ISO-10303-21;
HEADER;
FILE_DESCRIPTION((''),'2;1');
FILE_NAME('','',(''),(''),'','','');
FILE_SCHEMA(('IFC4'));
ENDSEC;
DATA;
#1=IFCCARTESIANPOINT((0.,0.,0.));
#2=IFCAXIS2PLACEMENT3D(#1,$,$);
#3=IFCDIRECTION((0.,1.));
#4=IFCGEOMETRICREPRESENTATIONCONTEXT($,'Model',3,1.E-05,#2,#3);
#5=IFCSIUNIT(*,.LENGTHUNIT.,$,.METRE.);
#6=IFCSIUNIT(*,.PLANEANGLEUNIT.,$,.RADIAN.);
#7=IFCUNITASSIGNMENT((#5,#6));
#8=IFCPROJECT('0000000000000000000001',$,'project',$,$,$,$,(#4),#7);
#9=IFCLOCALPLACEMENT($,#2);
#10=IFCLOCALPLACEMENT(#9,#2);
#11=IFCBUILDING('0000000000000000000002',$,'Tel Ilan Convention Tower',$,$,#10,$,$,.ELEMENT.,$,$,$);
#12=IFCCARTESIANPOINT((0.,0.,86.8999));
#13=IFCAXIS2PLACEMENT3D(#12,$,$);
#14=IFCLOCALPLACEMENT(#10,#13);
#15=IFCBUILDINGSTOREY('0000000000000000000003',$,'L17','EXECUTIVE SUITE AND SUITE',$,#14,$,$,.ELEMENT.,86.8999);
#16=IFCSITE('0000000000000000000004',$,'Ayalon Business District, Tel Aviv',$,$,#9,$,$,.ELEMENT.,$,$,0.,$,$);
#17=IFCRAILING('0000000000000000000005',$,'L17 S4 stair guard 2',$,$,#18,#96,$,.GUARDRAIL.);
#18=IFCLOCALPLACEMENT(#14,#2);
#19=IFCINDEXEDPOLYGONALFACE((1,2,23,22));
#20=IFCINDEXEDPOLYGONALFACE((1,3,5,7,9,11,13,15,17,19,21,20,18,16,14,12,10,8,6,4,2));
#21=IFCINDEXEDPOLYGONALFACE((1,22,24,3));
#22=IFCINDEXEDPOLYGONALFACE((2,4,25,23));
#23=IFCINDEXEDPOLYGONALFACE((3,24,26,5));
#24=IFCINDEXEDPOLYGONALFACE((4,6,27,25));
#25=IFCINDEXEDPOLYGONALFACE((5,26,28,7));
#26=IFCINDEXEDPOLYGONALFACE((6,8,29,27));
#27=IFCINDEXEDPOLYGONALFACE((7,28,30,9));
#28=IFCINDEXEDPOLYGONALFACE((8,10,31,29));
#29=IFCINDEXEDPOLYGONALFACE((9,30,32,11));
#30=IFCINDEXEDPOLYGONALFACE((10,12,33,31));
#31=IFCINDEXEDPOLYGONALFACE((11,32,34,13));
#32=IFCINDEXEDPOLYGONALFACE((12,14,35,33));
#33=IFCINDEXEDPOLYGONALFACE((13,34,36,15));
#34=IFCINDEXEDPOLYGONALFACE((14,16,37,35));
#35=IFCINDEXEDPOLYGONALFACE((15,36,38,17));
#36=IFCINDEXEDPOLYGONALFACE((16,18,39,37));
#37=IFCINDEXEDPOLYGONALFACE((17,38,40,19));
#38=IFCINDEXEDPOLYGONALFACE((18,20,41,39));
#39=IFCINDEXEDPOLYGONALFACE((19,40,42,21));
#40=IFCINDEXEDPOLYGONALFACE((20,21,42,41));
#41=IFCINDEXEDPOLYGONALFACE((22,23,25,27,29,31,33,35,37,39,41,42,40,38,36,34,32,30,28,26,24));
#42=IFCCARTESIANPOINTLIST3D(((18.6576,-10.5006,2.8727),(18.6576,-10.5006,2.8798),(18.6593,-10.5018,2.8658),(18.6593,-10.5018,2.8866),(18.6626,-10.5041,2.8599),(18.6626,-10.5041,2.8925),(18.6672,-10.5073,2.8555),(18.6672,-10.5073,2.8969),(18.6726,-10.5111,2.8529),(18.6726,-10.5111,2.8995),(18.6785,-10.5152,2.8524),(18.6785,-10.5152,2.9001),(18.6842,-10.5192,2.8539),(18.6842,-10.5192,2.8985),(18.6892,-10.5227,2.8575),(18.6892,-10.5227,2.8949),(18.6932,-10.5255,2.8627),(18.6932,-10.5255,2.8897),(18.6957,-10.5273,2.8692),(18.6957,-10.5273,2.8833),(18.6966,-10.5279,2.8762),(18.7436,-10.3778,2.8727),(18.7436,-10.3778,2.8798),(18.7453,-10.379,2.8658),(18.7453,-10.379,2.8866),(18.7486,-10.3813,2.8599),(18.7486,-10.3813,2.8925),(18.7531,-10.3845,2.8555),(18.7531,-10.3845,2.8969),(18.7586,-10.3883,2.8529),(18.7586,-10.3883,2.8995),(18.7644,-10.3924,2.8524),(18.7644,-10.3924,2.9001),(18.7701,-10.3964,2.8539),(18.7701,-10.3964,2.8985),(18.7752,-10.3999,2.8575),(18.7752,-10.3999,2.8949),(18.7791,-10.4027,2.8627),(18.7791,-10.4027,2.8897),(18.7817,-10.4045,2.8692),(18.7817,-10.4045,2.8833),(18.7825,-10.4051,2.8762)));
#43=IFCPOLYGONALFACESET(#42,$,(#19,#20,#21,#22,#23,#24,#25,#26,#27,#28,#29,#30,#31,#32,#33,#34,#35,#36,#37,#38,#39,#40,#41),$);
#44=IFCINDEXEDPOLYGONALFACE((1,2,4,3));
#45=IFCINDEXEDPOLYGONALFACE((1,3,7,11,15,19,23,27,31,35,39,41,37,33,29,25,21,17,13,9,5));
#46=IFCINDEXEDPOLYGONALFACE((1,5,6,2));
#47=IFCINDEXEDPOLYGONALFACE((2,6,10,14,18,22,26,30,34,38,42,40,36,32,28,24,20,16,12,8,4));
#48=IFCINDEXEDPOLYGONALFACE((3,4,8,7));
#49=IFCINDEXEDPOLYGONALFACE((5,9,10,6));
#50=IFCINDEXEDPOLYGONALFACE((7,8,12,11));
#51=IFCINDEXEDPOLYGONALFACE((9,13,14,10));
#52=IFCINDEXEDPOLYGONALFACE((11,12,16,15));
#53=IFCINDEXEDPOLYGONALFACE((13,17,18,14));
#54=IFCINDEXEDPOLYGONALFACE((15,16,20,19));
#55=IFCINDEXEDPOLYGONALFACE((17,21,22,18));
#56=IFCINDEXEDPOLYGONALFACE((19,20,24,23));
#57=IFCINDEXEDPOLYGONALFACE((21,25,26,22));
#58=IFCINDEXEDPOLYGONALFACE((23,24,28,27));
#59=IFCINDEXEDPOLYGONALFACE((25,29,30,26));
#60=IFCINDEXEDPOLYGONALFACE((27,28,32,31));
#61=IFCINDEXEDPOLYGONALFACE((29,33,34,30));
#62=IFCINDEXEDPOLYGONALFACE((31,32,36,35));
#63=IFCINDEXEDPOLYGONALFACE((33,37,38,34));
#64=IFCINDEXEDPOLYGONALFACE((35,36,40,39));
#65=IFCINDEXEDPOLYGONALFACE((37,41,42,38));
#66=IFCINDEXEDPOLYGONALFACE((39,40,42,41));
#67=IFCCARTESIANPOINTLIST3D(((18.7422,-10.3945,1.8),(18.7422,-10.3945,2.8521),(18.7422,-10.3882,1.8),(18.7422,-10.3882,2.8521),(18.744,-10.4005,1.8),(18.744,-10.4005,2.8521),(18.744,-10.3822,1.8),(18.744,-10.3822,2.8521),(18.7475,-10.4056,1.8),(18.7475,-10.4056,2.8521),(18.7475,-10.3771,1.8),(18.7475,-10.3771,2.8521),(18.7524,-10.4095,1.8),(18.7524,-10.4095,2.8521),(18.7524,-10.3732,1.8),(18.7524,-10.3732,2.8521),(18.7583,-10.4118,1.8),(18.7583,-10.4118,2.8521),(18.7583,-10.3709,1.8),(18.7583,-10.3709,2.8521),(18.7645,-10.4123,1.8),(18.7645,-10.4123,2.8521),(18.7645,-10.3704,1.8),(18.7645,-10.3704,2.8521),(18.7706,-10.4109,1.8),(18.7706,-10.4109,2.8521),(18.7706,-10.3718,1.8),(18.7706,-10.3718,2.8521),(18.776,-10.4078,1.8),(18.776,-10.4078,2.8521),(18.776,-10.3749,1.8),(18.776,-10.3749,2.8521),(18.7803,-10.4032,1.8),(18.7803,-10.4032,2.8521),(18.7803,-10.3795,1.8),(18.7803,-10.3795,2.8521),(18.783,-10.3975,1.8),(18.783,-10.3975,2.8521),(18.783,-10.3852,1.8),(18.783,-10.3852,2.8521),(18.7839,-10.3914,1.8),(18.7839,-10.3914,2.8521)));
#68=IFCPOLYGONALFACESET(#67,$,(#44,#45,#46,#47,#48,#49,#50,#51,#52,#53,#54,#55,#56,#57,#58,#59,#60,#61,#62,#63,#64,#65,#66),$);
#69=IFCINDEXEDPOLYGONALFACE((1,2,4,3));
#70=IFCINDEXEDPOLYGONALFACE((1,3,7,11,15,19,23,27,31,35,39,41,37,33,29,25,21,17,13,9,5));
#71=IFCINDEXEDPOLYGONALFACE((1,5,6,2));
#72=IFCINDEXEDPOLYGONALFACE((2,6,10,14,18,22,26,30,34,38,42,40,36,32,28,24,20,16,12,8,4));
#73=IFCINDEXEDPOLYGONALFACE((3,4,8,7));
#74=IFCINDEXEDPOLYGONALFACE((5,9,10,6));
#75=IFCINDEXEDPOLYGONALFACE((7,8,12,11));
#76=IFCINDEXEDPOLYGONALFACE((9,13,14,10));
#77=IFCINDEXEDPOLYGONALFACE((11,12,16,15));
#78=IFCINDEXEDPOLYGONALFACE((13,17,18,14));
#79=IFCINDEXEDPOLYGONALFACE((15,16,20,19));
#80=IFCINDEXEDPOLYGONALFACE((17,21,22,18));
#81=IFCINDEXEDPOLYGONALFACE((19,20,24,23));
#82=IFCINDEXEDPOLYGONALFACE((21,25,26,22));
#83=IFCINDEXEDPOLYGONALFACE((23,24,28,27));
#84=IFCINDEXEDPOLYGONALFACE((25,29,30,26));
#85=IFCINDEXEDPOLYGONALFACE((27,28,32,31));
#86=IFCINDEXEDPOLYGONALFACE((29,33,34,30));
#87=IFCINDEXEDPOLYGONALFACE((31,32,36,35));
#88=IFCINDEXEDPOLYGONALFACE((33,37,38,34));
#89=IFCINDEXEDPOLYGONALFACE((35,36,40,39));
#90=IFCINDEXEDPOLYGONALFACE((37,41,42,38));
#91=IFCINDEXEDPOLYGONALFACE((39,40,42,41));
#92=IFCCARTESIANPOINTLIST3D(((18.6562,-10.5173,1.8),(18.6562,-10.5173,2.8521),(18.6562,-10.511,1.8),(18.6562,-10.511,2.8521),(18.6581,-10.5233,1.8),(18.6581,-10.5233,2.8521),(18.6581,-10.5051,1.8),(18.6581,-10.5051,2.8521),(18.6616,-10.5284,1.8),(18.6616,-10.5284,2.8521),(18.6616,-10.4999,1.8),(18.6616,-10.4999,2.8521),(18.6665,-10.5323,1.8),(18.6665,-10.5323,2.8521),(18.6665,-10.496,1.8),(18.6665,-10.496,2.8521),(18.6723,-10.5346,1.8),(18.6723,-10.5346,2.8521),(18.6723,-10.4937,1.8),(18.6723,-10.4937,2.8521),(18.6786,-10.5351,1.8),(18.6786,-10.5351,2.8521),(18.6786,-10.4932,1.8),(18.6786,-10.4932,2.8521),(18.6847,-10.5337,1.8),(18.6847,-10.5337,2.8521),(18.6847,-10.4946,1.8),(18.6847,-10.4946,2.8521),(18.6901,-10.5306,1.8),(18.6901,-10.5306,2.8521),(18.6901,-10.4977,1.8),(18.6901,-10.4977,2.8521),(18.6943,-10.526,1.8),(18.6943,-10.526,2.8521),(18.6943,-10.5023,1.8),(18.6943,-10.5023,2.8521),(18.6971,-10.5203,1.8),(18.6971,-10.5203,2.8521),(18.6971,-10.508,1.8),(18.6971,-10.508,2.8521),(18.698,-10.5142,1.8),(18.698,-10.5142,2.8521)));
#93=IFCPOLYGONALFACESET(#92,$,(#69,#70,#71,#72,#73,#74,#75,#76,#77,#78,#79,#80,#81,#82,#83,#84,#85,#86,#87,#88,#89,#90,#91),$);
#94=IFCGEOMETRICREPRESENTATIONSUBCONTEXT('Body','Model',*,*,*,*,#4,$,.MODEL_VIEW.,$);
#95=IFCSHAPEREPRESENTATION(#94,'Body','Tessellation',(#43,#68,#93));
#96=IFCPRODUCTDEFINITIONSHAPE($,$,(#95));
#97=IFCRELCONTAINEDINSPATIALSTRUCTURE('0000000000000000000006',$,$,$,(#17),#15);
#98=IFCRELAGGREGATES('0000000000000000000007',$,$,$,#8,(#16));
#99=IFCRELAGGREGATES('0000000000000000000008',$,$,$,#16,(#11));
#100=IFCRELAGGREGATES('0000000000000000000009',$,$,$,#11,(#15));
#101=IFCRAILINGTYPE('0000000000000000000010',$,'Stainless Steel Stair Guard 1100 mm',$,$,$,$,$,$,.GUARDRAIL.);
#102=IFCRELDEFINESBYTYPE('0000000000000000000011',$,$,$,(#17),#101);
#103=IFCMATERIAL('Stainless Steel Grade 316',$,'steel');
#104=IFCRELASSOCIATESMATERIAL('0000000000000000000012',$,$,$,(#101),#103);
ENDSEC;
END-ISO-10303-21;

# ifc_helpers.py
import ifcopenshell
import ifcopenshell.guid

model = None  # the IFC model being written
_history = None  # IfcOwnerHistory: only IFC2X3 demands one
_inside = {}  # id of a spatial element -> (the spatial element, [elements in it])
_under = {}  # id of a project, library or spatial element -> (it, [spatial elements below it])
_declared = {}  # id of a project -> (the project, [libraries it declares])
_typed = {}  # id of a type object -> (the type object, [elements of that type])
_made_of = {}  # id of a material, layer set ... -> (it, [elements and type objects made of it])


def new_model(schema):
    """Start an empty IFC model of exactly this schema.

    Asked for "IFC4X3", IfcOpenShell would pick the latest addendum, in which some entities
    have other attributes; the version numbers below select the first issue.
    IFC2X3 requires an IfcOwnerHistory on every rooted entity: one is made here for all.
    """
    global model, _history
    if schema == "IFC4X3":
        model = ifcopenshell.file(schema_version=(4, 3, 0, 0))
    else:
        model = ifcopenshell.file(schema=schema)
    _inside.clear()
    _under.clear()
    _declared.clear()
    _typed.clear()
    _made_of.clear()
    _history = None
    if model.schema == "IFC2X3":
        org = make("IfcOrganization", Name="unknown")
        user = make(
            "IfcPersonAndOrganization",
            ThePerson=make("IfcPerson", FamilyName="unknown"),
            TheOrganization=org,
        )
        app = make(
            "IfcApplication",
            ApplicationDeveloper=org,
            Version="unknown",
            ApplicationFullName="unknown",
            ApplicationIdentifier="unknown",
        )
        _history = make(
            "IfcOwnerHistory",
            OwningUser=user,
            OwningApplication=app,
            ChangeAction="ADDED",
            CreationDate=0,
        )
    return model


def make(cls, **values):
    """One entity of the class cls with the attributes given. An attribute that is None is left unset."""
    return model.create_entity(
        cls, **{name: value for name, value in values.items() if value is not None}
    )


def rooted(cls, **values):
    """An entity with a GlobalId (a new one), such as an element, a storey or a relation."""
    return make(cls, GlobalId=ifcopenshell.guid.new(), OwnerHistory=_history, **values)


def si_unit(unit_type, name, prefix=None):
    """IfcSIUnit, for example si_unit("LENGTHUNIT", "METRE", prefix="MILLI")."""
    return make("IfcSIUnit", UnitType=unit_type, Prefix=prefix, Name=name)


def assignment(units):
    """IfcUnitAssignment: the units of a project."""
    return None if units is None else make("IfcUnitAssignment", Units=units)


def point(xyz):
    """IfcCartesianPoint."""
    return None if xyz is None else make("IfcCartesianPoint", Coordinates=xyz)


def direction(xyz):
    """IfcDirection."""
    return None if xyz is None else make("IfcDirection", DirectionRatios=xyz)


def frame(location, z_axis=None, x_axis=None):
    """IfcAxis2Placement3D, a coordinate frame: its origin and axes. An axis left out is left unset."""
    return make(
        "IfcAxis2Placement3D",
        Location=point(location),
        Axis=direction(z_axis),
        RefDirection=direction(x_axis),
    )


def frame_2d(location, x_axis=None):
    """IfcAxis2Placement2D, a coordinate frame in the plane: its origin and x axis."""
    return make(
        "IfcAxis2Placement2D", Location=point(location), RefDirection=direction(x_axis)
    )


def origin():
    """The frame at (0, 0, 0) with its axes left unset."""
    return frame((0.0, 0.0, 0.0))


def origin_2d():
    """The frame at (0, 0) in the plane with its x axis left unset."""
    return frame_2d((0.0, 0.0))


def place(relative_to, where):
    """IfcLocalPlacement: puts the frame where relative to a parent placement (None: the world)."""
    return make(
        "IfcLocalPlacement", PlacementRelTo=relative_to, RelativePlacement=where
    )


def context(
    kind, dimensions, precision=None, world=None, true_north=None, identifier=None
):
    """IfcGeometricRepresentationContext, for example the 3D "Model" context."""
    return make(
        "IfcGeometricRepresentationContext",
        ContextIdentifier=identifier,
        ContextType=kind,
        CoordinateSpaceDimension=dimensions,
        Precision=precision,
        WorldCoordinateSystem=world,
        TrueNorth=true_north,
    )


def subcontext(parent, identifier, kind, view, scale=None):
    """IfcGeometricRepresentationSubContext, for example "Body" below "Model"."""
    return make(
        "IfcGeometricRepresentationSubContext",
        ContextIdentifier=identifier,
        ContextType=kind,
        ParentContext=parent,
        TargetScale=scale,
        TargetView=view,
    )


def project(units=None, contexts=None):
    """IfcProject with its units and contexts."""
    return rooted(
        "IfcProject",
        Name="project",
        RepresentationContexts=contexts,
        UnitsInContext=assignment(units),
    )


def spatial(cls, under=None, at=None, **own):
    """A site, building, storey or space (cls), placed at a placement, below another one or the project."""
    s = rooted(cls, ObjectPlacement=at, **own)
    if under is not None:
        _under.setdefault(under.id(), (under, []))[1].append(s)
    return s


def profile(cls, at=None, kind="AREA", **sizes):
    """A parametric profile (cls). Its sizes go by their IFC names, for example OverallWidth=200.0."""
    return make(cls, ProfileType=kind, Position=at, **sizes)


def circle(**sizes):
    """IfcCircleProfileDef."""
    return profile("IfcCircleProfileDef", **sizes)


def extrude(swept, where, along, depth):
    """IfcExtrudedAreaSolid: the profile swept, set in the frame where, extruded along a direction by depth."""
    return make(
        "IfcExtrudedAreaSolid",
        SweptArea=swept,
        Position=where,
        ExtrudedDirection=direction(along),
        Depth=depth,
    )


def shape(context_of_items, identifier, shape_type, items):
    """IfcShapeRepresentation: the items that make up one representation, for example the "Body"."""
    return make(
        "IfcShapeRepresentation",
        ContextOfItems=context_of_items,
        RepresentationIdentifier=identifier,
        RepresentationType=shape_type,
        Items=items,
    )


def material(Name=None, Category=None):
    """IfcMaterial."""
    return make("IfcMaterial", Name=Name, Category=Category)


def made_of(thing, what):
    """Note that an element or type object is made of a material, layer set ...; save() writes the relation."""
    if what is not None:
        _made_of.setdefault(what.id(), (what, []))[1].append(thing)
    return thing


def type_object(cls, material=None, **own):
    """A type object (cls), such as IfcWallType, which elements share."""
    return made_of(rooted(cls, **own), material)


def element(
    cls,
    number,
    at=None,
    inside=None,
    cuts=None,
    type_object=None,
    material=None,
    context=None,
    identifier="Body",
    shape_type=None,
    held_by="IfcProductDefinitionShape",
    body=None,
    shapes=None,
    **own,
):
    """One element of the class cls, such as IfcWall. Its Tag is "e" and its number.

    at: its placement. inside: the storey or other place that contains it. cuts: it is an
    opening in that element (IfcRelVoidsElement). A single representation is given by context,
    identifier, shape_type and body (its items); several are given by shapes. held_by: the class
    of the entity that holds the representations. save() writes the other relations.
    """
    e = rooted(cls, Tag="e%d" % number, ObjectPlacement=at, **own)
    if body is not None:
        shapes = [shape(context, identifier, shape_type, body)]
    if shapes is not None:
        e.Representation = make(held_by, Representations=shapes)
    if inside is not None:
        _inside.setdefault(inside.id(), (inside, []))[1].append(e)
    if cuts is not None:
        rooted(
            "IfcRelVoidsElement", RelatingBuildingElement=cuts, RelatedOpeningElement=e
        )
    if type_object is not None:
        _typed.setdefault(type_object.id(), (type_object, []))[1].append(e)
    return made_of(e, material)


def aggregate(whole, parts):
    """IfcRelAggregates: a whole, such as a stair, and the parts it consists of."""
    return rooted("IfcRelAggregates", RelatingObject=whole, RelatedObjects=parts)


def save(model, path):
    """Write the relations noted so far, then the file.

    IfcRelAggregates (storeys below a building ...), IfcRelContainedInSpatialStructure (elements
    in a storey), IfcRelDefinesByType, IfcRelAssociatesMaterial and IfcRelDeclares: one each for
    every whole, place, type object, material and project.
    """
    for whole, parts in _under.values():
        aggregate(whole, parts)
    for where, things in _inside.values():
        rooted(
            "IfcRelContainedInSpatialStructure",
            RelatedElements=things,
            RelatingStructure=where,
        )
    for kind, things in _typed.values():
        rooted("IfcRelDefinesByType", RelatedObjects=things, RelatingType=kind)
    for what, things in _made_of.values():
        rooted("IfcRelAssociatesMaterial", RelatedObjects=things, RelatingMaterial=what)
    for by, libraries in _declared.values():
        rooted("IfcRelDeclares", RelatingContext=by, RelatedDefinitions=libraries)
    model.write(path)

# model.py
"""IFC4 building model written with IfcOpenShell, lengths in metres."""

from ifc_helpers import new_model, si_unit, direction, frame, origin, origin_2d, place, context, subcontext, project, spatial, circle, extrude, material, type_object, element, save


model = new_model("IFC4")

# Units and contexts
model_context = context("Model", 3, precision=1e-05, world=origin(), true_north=direction((0.0, 1.0)))
body_context = subcontext(model_context, "Body", "Model", "MODEL_VIEW")
ifc_project = project(units=[si_unit("LENGTHUNIT", "METRE"), si_unit("PLANEANGLEUNIT", "RADIAN")], contexts=[model_context])

# Site, building, storey
site_placement = place(None, origin())
site = spatial("IfcSite", under=ifc_project, at=site_placement, Name="Ayalon Business District, Tel Aviv", CompositionType="ELEMENT", RefElevation=0.0)
building_placement = place(site_placement, origin())
building = spatial("IfcBuilding", under=site, at=building_placement, Name="Tel Ilan Convention Tower", CompositionType="ELEMENT")
storey_placement = place(building_placement, frame((0.0, 0.0, 86.8999)))
storey = spatial("IfcBuildingStorey", under=building, at=storey_placement, Name="L17", Description="EXECUTIVE SUITE AND SUITE", CompositionType="ELEMENT", Elevation=86.8999)

# Railing
ifc_material_1 = material(Name="Stainless Steel Grade 316", Category="steel")
railing_type_1 = type_object("IfcRailingType", Name="Stainless Steel Stair Guard 1100 mm", PredefinedType="GUARDRAIL", material=ifc_material_1)
railing_1_placement = place(storey_placement, frame((18.7629, -10.3914, 1.8)))
element("IfcRailing", 1, at=railing_1_placement, inside=storey, type_object=railing_type_1, Name="L17 S4 stair guard 2", PredefinedType="GUARDRAIL", context=body_context, shape_type="SweptSolid", body=[
    extrude(circle(Radius=0.0239, at=origin_2d()), frame((0.0, 0.0, 1.0762), z_axis=(-0.573353, -0.819308, 0.0), x_axis=(0.819308, -0.573353, 0.0)), (0.0, 0.0, 1.0), 0.1499),
    extrude(circle(Radius=0.021, at=origin_2d()), origin(), (0.0, 0.0, 1.0), 1.052),
    extrude(circle(Radius=0.021, at=origin_2d()), frame((-0.0859, -0.1228, 0.0)), (0.0, 0.0, 1.0), 1.052),
])

save(model, "model.ifc")
